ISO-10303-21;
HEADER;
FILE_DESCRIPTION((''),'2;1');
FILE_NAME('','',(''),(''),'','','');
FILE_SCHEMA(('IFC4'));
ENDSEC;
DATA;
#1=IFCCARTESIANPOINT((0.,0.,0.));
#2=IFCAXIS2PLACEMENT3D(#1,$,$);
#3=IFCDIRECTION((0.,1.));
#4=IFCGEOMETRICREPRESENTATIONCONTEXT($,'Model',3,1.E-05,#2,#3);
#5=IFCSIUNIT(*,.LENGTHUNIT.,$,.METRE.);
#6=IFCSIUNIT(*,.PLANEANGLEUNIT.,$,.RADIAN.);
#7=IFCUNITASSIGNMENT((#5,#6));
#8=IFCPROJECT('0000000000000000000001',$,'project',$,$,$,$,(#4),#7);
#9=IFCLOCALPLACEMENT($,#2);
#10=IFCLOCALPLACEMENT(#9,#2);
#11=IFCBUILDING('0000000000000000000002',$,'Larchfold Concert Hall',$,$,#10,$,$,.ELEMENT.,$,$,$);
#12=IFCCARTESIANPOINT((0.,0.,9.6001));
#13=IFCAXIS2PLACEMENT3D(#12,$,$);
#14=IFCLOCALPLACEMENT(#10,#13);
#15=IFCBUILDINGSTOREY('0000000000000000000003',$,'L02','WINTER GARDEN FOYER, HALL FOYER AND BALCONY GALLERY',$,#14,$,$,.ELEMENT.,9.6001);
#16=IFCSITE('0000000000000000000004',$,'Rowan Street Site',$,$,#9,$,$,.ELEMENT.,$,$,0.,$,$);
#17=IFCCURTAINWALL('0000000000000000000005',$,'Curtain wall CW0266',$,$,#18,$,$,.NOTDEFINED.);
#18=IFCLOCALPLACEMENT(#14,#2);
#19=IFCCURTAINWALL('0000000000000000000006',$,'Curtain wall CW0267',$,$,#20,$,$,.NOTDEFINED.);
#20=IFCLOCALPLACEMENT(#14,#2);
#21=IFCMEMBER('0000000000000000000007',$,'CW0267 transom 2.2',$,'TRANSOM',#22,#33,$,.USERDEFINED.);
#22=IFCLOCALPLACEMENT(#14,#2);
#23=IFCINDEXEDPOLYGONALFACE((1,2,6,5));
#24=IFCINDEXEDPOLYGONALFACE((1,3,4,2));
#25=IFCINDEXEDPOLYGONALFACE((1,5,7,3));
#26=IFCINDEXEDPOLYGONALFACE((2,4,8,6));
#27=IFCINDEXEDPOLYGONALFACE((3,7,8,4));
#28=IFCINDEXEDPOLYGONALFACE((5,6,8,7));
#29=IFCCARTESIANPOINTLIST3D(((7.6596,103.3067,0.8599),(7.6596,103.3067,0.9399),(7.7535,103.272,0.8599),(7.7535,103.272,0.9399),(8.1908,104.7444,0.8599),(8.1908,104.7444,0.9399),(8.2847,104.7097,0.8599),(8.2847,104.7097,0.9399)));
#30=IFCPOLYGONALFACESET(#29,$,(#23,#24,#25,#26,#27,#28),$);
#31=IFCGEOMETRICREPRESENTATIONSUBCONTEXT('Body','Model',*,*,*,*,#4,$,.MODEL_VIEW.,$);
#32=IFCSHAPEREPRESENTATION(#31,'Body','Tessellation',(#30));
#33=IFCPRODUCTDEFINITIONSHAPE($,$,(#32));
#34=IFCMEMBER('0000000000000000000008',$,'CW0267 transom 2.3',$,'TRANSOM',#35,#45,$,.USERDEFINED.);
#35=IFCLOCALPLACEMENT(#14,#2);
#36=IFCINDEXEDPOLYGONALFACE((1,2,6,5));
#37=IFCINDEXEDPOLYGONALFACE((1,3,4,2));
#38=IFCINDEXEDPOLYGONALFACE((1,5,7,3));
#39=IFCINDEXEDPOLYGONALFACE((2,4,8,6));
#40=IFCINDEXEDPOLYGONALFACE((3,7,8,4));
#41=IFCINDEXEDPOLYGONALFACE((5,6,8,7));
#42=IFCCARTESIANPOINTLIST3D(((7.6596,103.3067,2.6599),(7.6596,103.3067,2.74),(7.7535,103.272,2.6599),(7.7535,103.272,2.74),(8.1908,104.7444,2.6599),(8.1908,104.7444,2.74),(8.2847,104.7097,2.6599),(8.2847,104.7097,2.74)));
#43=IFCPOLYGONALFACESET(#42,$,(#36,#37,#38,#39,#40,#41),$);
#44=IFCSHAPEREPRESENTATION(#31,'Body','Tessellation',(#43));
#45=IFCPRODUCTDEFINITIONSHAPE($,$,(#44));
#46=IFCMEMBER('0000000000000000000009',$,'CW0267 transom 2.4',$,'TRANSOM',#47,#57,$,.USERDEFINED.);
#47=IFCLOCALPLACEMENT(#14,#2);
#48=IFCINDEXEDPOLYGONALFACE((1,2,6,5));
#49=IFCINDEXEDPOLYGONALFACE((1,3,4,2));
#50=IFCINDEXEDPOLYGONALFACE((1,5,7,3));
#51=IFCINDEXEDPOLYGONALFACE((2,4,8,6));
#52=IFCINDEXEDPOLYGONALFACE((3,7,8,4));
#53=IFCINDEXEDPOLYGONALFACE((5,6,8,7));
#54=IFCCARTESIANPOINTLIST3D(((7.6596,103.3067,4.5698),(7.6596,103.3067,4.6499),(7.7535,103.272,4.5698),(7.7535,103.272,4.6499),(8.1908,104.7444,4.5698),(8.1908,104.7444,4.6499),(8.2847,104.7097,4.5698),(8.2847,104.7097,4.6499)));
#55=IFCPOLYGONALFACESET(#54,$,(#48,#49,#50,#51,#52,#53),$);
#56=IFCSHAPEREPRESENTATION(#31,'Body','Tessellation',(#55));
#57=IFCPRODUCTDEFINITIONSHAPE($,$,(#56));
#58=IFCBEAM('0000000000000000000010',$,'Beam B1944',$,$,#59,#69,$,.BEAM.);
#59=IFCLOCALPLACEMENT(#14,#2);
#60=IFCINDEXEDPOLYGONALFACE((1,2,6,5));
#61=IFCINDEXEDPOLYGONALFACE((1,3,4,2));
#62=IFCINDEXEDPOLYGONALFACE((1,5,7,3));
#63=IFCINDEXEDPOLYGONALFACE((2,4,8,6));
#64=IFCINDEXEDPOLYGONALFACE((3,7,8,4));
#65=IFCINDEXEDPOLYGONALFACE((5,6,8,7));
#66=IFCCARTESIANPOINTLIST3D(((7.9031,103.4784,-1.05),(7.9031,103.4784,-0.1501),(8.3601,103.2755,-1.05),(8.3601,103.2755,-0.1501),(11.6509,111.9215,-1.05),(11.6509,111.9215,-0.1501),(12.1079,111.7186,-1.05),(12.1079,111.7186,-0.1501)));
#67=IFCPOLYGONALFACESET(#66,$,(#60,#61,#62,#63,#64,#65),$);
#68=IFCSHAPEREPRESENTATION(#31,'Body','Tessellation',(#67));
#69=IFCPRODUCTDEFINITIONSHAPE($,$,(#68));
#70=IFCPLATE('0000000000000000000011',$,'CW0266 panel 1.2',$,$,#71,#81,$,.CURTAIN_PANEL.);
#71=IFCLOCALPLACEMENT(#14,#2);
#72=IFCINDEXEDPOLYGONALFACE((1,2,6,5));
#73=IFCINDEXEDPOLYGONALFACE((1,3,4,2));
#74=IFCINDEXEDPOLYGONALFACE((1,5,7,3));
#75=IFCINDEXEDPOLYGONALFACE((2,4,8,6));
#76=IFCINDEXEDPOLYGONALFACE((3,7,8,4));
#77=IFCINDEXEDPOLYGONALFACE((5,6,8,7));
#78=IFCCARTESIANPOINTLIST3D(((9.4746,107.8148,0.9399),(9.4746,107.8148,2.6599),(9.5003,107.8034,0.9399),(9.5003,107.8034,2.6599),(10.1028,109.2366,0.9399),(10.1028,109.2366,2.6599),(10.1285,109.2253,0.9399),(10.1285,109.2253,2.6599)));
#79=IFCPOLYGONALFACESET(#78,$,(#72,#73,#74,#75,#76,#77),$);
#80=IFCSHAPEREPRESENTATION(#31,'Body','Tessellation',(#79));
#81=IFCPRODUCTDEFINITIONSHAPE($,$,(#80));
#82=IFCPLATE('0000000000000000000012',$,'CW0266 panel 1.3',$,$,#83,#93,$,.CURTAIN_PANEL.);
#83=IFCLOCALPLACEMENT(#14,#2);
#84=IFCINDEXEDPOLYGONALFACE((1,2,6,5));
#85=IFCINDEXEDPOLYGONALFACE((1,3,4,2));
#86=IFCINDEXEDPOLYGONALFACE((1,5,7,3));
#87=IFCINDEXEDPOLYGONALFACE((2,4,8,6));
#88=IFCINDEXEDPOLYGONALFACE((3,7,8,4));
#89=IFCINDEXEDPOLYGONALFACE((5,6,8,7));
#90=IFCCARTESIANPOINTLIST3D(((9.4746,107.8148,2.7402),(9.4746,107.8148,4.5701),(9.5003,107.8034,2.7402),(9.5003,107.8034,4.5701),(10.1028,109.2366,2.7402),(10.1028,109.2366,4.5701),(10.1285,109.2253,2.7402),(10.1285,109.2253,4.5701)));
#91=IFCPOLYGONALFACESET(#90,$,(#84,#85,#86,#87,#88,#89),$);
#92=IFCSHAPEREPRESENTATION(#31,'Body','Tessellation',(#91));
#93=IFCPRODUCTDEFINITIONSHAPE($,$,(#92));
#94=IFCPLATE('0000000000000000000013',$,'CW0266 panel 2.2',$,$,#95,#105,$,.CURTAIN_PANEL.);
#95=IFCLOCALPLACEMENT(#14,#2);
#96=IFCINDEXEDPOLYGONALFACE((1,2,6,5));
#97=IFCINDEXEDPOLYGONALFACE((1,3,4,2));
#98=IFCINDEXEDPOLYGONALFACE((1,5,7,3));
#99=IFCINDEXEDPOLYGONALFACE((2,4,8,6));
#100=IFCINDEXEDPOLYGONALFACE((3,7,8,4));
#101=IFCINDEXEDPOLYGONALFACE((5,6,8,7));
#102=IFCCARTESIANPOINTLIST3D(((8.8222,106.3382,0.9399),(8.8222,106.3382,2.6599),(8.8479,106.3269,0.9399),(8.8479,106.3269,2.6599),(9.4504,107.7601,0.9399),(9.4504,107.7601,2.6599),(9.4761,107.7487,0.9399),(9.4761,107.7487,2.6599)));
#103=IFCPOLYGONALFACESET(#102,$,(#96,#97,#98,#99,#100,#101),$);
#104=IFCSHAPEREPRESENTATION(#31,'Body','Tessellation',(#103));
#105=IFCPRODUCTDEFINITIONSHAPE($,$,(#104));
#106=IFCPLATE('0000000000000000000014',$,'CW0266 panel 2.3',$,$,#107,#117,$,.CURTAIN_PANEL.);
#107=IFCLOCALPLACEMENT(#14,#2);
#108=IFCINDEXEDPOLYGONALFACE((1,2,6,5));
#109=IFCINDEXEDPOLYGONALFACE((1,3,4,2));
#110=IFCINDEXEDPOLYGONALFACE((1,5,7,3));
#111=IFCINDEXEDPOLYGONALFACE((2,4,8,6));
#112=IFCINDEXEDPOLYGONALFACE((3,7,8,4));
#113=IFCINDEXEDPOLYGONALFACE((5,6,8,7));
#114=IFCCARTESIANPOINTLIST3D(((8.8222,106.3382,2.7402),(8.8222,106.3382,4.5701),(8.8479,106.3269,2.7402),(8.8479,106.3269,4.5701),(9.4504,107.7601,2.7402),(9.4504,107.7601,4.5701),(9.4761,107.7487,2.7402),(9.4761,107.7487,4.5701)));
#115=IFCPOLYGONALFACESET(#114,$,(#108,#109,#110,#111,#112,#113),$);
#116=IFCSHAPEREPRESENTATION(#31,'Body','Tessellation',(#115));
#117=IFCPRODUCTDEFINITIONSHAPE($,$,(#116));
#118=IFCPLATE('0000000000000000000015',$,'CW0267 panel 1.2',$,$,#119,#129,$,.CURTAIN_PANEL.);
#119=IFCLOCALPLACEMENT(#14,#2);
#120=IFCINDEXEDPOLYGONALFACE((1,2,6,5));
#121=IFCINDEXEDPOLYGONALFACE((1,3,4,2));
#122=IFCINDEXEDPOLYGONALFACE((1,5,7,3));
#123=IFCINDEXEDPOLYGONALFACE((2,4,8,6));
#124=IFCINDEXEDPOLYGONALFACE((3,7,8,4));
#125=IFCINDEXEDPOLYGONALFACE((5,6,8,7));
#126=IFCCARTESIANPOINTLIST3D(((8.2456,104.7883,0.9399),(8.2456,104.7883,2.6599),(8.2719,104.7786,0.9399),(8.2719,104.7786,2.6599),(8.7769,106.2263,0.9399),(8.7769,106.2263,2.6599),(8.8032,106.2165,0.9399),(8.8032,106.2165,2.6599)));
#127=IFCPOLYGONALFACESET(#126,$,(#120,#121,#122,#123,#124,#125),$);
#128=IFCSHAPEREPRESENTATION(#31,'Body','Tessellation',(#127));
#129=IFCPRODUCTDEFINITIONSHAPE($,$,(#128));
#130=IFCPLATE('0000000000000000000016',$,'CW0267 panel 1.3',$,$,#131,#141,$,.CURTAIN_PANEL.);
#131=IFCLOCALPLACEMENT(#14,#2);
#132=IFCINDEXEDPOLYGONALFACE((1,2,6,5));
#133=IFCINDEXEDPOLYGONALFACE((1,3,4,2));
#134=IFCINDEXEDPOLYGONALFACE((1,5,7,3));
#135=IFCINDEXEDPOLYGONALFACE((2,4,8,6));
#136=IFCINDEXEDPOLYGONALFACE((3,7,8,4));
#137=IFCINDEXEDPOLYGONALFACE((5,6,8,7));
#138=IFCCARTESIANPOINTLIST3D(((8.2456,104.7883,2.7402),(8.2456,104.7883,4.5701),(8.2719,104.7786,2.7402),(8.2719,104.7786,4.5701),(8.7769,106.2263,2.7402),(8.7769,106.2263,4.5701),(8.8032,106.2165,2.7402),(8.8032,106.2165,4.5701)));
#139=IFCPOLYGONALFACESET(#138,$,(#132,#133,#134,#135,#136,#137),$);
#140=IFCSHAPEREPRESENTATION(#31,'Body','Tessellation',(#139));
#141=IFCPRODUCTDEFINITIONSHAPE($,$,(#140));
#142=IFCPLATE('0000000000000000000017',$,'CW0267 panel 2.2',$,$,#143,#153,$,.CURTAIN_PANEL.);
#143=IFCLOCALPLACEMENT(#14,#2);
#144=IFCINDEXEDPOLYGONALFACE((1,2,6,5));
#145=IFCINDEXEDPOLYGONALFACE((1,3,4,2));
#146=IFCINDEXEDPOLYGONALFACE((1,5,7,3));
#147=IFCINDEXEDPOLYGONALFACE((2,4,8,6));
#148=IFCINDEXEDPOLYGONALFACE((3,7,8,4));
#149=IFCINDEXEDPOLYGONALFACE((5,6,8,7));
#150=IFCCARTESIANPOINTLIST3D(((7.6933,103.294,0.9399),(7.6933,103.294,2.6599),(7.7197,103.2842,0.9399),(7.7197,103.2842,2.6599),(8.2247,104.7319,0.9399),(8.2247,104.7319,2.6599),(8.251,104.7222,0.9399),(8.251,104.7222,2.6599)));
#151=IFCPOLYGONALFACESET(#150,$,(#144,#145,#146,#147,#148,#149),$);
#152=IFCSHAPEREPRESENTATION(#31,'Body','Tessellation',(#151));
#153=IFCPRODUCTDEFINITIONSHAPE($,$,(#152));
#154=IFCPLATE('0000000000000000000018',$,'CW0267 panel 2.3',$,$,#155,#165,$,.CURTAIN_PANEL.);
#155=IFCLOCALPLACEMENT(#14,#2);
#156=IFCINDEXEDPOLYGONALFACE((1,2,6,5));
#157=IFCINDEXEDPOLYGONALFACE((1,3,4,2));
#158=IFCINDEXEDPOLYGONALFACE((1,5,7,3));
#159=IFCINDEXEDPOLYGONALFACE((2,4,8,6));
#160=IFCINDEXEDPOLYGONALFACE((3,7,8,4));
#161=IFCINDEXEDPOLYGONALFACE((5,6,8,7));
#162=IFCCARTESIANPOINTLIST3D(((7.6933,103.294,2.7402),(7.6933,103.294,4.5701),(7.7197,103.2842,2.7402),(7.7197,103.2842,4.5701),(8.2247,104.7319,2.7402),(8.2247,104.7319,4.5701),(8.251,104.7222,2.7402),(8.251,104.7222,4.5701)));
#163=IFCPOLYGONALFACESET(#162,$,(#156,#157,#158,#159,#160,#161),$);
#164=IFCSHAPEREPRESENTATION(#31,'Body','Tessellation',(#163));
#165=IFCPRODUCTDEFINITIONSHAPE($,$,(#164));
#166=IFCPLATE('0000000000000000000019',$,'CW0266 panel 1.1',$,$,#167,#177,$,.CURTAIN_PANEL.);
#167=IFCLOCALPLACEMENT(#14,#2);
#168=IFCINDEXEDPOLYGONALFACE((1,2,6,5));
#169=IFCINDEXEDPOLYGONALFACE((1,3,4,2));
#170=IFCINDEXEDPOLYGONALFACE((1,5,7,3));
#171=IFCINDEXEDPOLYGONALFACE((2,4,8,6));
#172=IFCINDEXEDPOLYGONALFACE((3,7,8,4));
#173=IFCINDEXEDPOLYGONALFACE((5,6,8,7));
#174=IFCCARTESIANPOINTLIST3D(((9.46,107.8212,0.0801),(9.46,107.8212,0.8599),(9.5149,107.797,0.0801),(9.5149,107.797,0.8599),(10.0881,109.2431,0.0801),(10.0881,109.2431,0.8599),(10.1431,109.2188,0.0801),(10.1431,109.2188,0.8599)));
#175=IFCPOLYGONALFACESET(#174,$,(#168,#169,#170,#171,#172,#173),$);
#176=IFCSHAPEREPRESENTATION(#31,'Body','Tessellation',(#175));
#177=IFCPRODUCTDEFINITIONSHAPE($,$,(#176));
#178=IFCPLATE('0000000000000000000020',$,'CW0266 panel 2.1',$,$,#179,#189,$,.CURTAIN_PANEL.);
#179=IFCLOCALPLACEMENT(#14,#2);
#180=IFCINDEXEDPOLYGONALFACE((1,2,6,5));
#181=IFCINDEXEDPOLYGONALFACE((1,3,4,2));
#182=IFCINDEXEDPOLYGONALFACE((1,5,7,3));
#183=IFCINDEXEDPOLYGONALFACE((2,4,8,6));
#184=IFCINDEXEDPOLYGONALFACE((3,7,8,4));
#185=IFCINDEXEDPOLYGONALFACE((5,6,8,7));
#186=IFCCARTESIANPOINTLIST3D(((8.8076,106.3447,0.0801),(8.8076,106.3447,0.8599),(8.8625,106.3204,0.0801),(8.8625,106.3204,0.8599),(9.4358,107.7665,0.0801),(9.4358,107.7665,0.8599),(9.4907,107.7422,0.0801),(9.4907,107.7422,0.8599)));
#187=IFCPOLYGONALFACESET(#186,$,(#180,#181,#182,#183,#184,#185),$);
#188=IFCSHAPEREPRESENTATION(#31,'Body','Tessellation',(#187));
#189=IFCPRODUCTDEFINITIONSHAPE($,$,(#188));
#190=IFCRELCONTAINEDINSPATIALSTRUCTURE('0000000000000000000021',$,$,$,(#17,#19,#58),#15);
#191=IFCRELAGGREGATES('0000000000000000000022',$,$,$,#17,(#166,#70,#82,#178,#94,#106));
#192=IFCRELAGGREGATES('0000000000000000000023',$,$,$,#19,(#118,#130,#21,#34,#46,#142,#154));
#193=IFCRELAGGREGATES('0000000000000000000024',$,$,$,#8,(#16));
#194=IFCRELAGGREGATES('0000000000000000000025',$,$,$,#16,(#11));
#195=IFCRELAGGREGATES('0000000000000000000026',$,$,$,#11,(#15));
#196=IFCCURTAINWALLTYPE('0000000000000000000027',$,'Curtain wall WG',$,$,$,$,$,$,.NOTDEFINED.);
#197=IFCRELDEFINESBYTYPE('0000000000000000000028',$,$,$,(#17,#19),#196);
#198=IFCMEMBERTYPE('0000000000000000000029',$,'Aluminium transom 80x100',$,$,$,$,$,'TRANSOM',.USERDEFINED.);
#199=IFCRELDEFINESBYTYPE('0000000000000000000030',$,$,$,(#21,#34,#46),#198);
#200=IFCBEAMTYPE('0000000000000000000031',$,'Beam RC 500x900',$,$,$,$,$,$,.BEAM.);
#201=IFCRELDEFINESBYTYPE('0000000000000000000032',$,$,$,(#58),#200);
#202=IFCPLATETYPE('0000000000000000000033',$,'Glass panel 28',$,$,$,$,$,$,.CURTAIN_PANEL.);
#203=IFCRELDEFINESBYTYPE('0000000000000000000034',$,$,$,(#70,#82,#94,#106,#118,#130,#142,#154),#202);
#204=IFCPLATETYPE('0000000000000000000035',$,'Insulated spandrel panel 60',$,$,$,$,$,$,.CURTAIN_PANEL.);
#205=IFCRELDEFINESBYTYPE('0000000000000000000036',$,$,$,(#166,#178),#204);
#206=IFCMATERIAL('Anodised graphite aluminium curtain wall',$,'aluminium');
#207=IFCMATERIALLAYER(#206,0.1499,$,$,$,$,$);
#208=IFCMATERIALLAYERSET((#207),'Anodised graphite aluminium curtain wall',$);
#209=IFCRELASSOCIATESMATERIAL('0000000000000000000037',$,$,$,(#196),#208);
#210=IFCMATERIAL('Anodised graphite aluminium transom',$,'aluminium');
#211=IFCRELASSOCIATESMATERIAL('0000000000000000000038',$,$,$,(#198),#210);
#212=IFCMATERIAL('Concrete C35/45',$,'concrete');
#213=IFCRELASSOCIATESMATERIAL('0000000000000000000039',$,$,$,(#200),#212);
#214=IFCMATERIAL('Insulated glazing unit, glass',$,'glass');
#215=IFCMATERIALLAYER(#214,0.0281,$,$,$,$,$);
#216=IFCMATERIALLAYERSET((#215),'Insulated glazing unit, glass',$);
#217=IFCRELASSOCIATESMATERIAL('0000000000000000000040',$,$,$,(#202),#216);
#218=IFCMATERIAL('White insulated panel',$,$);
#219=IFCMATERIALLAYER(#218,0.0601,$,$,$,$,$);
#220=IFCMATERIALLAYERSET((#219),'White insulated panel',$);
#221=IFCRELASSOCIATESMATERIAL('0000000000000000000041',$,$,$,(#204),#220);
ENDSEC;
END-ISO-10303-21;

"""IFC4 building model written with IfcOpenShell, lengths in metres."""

from ifc_helpers import new_model, si_unit, direction, frame, origin, origin_2d, place, context, subcontext, project, spatial, rectangle, extrude, material, layer, layer_set, material_profile, profile_set, type_object, element, aggregate, save


model = new_model("IFC4")

# Units and contexts
model_context = context("Model", 3, precision=1e-05, world=origin(), true_north=direction((0.0, 1.0)))
body_context = subcontext(model_context, "Body", "Model", "MODEL_VIEW")
ifc_project = project(units=[si_unit("LENGTHUNIT", "METRE"), si_unit("PLANEANGLEUNIT", "RADIAN")], contexts=[model_context])

# Site, building, storey
site_placement = place(None, origin())
site = spatial("IfcSite", under=ifc_project, at=site_placement, Name="Rowan Street Site", CompositionType="ELEMENT", RefElevation=0.0)
building_placement = place(site_placement, origin())
building = spatial("IfcBuilding", under=site, at=building_placement, Name="Larchfold Concert Hall", CompositionType="ELEMENT")
storey_placement = place(building_placement, frame((0.0, 0.0, 9.6001)))
storey = spatial("IfcBuildingStorey", under=building, at=storey_placement, Name="L02", Description="WINTER GARDEN FOYER, HALL FOYER AND BALCONY GALLERY", CompositionType="ELEMENT", Elevation=9.6001)

# Curtain walls
ifc_material_1 = material(Name="Anodised graphite aluminium curtain wall", Category="aluminium")
ifc_layer_1 = layer(ifc_material_1, 0.1499)
ifc_layer_set_1 = layer_set([ifc_layer_1], Name="Anodised graphite aluminium curtain wall")
curtain_wall_type = type_object("IfcCurtainWallType", Name="Curtain wall WG", PredefinedType="NOTDEFINED", material=ifc_layer_set_1)
curtain_wall_1_placement = place(storey_placement, origin())
curtain_wall_1 = element("IfcCurtainWall", 1, at=curtain_wall_1_placement, inside=storey, type_object=curtain_wall_type, Name="Curtain wall CW0266", PredefinedType="NOTDEFINED")
curtain_wall_2_placement = place(storey_placement, origin())
curtain_wall_2 = element("IfcCurtainWall", 2, at=curtain_wall_2_placement, inside=storey, type_object=curtain_wall_type, Name="Curtain wall CW0267", PredefinedType="NOTDEFINED")

# Members
ifc_material_2 = material(Name="Anodised graphite aluminium transom", Category="aluminium")
ifc_material_profile_1 = material_profile(ifc_material_2, rectangle(XDim=0.1001, YDim=0.0801, at=origin_2d()))
ifc_profile_set_1 = profile_set([ifc_material_profile_1], Name="Anodised graphite aluminium transom")
member_type_1 = type_object("IfcMemberType", Name="Aluminium transom 80x100", ElementType="TRANSOM", PredefinedType="USERDEFINED", material=ifc_profile_set_1)
member_1_placement = place(storey_placement, frame((8.2378, 104.7271, 0.8999), z_axis=(-0.346598, -0.938014, 0.0), x_axis=(0.938014, -0.346598, 0.0)))
member_1 = element("IfcMember", 3, at=member_1_placement, type_object=member_type_1, Name="CW0267 transom 2.2", ObjectType="TRANSOM", PredefinedType="USERDEFINED", context=body_context, shape_type="SweptSolid", body=[
    extrude(rectangle(XDim=0.1001, YDim=0.0801, at=origin_2d()), origin(), (0.0, 0.0, 1.0), 1.5327),
])
member_2_placement = place(storey_placement, frame((8.2378, 104.7271, 2.7), z_axis=(-0.346598, -0.938014, 0.0), x_axis=(0.938014, -0.346598, 0.0)))
member_2 = element("IfcMember", 4, at=member_2_placement, type_object=member_type_1, Name="CW0267 transom 2.3", ObjectType="TRANSOM", PredefinedType="USERDEFINED", context=body_context, shape_type="SweptSolid", body=[
    extrude(rectangle(XDim=0.1001, YDim=0.0801, at=origin_2d()), origin(), (0.0, 0.0, 1.0), 1.5327),
])
member_3_placement = place(storey_placement, frame((8.2378, 104.7271, 4.6099), z_axis=(-0.346598, -0.938014, 0.0), x_axis=(0.938014, -0.346598, 0.0)))
member_3 = element("IfcMember", 5, at=member_3_placement, type_object=member_type_1, Name="CW0267 transom 2.4", ObjectType="TRANSOM", PredefinedType="USERDEFINED", context=body_context, shape_type="SweptSolid", body=[
    extrude(rectangle(XDim=0.1001, YDim=0.0801, at=origin_2d()), origin(), (0.0, 0.0, 1.0), 1.5327),
])

# Beam
ifc_material_3 = material(Name="Concrete C35/45", Category="concrete")
ifc_material_profile_2 = material_profile(ifc_material_3, rectangle(XDim=0.5, YDim=0.8999, at=origin_2d()))
ifc_profile_set_2 = profile_set([ifc_material_profile_2], Name="Concrete C35/45")
beam_type = type_object("IfcBeamType", Name="Beam RC 500x900", PredefinedType="BEAM", material=ifc_profile_set_2)
beam_placement = place(storey_placement, frame((8.1316, 103.377, -0.6001), z_axis=(0.405714, 0.914, 0.0), x_axis=(-0.914, 0.405714, 0.0)))
element("IfcBeam", 6, at=beam_placement, inside=storey, type_object=beam_type, Name="Beam B1944", PredefinedType="BEAM", context=body_context, shape_type="SweptSolid", body=[
    extrude(rectangle(XDim=0.5, YDim=0.8999, at=origin_2d()), origin(), (0.0, 0.0, 1.0), 9.2375),
])

# Plates
ifc_material_4 = material(Name="Insulated glazing unit, glass", Category="glass")
ifc_layer_2 = layer(ifc_material_4, 0.0281)
ifc_layer_set_2 = layer_set([ifc_layer_2], Name="Insulated glazing unit, glass")
plate_type_1 = type_object("IfcPlateType", Name="Glass panel 28", PredefinedType="CURTAIN_PANEL", material=ifc_layer_set_2)
plate_1_placement = place(storey_placement, frame((9.8015, 108.52, 0.9399), z_axis=(0.0, 0.0, 1.0), x_axis=(-0.404126, -0.914703, 0.0)))
plate_1 = element("IfcPlate", 7, at=plate_1_placement, type_object=plate_type_1, Name="CW0266 panel 1.2", PredefinedType="CURTAIN_PANEL", context=body_context, shape_type="SweptSolid", body=[
    extrude(rectangle(XDim=1.5544, YDim=0.0281, at=origin_2d()), origin(), (0.0, 0.0, 1.0), 1.72),
])
plate_2_placement = place(storey_placement, frame((9.8015, 108.52, 2.7402), z_axis=(0.0, 0.0, 1.0), x_axis=(-0.404126, -0.914703, 0.0)))
plate_2 = element("IfcPlate", 8, at=plate_2_placement, type_object=plate_type_1, Name="CW0266 panel 1.3", PredefinedType="CURTAIN_PANEL", context=body_context, shape_type="SweptSolid", body=[
    extrude(rectangle(XDim=1.5544, YDim=0.0281, at=origin_2d()), origin(), (0.0, 0.0, 1.0), 1.8298),
])
plate_3_placement = place(storey_placement, frame((9.1492, 107.0435, 0.9399), z_axis=(0.0, 0.0, 1.0), x_axis=(-0.404126, -0.914703, 0.0)))
plate_3 = element("IfcPlate", 9, at=plate_3_placement, type_object=plate_type_1, Name="CW0266 panel 2.2", PredefinedType="CURTAIN_PANEL", context=body_context, shape_type="SweptSolid", body=[
    extrude(rectangle(XDim=1.5544, YDim=0.0281, at=origin_2d()), origin(), (0.0, 0.0, 1.0), 1.72),
])
plate_4_placement = place(storey_placement, frame((9.1492, 107.0435, 2.7402), z_axis=(0.0, 0.0, 1.0), x_axis=(-0.404126, -0.914703, 0.0)))
plate_4 = element("IfcPlate", 10, at=plate_4_placement, type_object=plate_type_1, Name="CW0266 panel 2.3", PredefinedType="CURTAIN_PANEL", context=body_context, shape_type="SweptSolid", body=[
    extrude(rectangle(XDim=1.5544, YDim=0.0281, at=origin_2d()), origin(), (0.0, 0.0, 1.0), 1.8298),
])
plate_5_placement = place(storey_placement, frame((8.5244, 105.5024, 0.9399), z_axis=(0.0, 0.0, 1.0), x_axis=(-0.346594, -0.938015, 0.0)))
plate_5 = element("IfcPlate", 11, at=plate_5_placement, type_object=plate_type_1, Name="CW0267 panel 1.2", PredefinedType="CURTAIN_PANEL", context=body_context, shape_type="SweptSolid", body=[
    extrude(rectangle(XDim=1.533, YDim=0.0281, at=origin_2d()), origin(), (0.0, 0.0, 1.0), 1.72),
])
plate_6_placement = place(storey_placement, frame((8.5244, 105.5024, 2.7402), z_axis=(0.0, 0.0, 1.0), x_axis=(-0.346594, -0.938015, 0.0)))
plate_6 = element("IfcPlate", 12, at=plate_6_placement, type_object=plate_type_1, Name="CW0267 panel 1.3", PredefinedType="CURTAIN_PANEL", context=body_context, shape_type="SweptSolid", body=[
    extrude(rectangle(XDim=1.533, YDim=0.0281, at=origin_2d()), origin(), (0.0, 0.0, 1.0), 1.8298),
])
plate_7_placement = place(storey_placement, frame((7.9722, 104.0081, 0.9399), z_axis=(0.0, 0.0, 1.0), x_axis=(-0.346594, -0.938015, 0.0)))
plate_7 = element("IfcPlate", 13, at=plate_7_placement, type_object=plate_type_1, Name="CW0267 panel 2.2", PredefinedType="CURTAIN_PANEL", context=body_context, shape_type="SweptSolid", body=[
    extrude(rectangle(XDim=1.533, YDim=0.0281, at=origin_2d()), origin(), (0.0, 0.0, 1.0), 1.72),
])
plate_8_placement = place(storey_placement, frame((7.9722, 104.0081, 2.7402), z_axis=(0.0, 0.0, 1.0), x_axis=(-0.346594, -0.938015, 0.0)))
plate_8 = element("IfcPlate", 14, at=plate_8_placement, type_object=plate_type_1, Name="CW0267 panel 2.3", PredefinedType="CURTAIN_PANEL", context=body_context, shape_type="SweptSolid", body=[
    extrude(rectangle(XDim=1.533, YDim=0.0281, at=origin_2d()), origin(), (0.0, 0.0, 1.0), 1.8298),
])
ifc_material_5 = material(Name="White insulated panel")
ifc_layer_3 = layer(ifc_material_5, 0.0601)
ifc_layer_set_3 = layer_set([ifc_layer_3], Name="White insulated panel")
plate_type_2 = type_object("IfcPlateType", Name="Insulated spandrel panel 60", PredefinedType="CURTAIN_PANEL", material=ifc_layer_set_3)
plate_9_placement = place(storey_placement, frame((9.8015, 108.52, 0.0801), z_axis=(0.0, 0.0, 1.0), x_axis=(-0.404126, -0.914703, 0.0)))
plate_9 = element("IfcPlate", 15, at=plate_9_placement, type_object=plate_type_2, Name="CW0266 panel 1.1", PredefinedType="CURTAIN_PANEL", context=body_context, shape_type="SweptSolid", body=[
    extrude(rectangle(XDim=1.5544, YDim=0.0601, at=origin_2d()), origin(), (0.0, 0.0, 1.0), 0.7798),
])
plate_10_placement = place(storey_placement, frame((9.1492, 107.0435, 0.0801), z_axis=(0.0, 0.0, 1.0), x_axis=(-0.404126, -0.914703, 0.0)))
plate_10 = element("IfcPlate", 16, at=plate_10_placement, type_object=plate_type_2, Name="CW0266 panel 2.1", PredefinedType="CURTAIN_PANEL", context=body_context, shape_type="SweptSolid", body=[
    extrude(rectangle(XDim=1.5544, YDim=0.0601, at=origin_2d()), origin(), (0.0, 0.0, 1.0), 0.7798),
])
aggregate(curtain_wall_1, [plate_9, plate_1, plate_2, plate_10, plate_3, plate_4])
aggregate(curtain_wall_2, [plate_5, plate_6, member_1, member_2, member_3, plate_7, plate_8])

save(model, "model.ifc")
